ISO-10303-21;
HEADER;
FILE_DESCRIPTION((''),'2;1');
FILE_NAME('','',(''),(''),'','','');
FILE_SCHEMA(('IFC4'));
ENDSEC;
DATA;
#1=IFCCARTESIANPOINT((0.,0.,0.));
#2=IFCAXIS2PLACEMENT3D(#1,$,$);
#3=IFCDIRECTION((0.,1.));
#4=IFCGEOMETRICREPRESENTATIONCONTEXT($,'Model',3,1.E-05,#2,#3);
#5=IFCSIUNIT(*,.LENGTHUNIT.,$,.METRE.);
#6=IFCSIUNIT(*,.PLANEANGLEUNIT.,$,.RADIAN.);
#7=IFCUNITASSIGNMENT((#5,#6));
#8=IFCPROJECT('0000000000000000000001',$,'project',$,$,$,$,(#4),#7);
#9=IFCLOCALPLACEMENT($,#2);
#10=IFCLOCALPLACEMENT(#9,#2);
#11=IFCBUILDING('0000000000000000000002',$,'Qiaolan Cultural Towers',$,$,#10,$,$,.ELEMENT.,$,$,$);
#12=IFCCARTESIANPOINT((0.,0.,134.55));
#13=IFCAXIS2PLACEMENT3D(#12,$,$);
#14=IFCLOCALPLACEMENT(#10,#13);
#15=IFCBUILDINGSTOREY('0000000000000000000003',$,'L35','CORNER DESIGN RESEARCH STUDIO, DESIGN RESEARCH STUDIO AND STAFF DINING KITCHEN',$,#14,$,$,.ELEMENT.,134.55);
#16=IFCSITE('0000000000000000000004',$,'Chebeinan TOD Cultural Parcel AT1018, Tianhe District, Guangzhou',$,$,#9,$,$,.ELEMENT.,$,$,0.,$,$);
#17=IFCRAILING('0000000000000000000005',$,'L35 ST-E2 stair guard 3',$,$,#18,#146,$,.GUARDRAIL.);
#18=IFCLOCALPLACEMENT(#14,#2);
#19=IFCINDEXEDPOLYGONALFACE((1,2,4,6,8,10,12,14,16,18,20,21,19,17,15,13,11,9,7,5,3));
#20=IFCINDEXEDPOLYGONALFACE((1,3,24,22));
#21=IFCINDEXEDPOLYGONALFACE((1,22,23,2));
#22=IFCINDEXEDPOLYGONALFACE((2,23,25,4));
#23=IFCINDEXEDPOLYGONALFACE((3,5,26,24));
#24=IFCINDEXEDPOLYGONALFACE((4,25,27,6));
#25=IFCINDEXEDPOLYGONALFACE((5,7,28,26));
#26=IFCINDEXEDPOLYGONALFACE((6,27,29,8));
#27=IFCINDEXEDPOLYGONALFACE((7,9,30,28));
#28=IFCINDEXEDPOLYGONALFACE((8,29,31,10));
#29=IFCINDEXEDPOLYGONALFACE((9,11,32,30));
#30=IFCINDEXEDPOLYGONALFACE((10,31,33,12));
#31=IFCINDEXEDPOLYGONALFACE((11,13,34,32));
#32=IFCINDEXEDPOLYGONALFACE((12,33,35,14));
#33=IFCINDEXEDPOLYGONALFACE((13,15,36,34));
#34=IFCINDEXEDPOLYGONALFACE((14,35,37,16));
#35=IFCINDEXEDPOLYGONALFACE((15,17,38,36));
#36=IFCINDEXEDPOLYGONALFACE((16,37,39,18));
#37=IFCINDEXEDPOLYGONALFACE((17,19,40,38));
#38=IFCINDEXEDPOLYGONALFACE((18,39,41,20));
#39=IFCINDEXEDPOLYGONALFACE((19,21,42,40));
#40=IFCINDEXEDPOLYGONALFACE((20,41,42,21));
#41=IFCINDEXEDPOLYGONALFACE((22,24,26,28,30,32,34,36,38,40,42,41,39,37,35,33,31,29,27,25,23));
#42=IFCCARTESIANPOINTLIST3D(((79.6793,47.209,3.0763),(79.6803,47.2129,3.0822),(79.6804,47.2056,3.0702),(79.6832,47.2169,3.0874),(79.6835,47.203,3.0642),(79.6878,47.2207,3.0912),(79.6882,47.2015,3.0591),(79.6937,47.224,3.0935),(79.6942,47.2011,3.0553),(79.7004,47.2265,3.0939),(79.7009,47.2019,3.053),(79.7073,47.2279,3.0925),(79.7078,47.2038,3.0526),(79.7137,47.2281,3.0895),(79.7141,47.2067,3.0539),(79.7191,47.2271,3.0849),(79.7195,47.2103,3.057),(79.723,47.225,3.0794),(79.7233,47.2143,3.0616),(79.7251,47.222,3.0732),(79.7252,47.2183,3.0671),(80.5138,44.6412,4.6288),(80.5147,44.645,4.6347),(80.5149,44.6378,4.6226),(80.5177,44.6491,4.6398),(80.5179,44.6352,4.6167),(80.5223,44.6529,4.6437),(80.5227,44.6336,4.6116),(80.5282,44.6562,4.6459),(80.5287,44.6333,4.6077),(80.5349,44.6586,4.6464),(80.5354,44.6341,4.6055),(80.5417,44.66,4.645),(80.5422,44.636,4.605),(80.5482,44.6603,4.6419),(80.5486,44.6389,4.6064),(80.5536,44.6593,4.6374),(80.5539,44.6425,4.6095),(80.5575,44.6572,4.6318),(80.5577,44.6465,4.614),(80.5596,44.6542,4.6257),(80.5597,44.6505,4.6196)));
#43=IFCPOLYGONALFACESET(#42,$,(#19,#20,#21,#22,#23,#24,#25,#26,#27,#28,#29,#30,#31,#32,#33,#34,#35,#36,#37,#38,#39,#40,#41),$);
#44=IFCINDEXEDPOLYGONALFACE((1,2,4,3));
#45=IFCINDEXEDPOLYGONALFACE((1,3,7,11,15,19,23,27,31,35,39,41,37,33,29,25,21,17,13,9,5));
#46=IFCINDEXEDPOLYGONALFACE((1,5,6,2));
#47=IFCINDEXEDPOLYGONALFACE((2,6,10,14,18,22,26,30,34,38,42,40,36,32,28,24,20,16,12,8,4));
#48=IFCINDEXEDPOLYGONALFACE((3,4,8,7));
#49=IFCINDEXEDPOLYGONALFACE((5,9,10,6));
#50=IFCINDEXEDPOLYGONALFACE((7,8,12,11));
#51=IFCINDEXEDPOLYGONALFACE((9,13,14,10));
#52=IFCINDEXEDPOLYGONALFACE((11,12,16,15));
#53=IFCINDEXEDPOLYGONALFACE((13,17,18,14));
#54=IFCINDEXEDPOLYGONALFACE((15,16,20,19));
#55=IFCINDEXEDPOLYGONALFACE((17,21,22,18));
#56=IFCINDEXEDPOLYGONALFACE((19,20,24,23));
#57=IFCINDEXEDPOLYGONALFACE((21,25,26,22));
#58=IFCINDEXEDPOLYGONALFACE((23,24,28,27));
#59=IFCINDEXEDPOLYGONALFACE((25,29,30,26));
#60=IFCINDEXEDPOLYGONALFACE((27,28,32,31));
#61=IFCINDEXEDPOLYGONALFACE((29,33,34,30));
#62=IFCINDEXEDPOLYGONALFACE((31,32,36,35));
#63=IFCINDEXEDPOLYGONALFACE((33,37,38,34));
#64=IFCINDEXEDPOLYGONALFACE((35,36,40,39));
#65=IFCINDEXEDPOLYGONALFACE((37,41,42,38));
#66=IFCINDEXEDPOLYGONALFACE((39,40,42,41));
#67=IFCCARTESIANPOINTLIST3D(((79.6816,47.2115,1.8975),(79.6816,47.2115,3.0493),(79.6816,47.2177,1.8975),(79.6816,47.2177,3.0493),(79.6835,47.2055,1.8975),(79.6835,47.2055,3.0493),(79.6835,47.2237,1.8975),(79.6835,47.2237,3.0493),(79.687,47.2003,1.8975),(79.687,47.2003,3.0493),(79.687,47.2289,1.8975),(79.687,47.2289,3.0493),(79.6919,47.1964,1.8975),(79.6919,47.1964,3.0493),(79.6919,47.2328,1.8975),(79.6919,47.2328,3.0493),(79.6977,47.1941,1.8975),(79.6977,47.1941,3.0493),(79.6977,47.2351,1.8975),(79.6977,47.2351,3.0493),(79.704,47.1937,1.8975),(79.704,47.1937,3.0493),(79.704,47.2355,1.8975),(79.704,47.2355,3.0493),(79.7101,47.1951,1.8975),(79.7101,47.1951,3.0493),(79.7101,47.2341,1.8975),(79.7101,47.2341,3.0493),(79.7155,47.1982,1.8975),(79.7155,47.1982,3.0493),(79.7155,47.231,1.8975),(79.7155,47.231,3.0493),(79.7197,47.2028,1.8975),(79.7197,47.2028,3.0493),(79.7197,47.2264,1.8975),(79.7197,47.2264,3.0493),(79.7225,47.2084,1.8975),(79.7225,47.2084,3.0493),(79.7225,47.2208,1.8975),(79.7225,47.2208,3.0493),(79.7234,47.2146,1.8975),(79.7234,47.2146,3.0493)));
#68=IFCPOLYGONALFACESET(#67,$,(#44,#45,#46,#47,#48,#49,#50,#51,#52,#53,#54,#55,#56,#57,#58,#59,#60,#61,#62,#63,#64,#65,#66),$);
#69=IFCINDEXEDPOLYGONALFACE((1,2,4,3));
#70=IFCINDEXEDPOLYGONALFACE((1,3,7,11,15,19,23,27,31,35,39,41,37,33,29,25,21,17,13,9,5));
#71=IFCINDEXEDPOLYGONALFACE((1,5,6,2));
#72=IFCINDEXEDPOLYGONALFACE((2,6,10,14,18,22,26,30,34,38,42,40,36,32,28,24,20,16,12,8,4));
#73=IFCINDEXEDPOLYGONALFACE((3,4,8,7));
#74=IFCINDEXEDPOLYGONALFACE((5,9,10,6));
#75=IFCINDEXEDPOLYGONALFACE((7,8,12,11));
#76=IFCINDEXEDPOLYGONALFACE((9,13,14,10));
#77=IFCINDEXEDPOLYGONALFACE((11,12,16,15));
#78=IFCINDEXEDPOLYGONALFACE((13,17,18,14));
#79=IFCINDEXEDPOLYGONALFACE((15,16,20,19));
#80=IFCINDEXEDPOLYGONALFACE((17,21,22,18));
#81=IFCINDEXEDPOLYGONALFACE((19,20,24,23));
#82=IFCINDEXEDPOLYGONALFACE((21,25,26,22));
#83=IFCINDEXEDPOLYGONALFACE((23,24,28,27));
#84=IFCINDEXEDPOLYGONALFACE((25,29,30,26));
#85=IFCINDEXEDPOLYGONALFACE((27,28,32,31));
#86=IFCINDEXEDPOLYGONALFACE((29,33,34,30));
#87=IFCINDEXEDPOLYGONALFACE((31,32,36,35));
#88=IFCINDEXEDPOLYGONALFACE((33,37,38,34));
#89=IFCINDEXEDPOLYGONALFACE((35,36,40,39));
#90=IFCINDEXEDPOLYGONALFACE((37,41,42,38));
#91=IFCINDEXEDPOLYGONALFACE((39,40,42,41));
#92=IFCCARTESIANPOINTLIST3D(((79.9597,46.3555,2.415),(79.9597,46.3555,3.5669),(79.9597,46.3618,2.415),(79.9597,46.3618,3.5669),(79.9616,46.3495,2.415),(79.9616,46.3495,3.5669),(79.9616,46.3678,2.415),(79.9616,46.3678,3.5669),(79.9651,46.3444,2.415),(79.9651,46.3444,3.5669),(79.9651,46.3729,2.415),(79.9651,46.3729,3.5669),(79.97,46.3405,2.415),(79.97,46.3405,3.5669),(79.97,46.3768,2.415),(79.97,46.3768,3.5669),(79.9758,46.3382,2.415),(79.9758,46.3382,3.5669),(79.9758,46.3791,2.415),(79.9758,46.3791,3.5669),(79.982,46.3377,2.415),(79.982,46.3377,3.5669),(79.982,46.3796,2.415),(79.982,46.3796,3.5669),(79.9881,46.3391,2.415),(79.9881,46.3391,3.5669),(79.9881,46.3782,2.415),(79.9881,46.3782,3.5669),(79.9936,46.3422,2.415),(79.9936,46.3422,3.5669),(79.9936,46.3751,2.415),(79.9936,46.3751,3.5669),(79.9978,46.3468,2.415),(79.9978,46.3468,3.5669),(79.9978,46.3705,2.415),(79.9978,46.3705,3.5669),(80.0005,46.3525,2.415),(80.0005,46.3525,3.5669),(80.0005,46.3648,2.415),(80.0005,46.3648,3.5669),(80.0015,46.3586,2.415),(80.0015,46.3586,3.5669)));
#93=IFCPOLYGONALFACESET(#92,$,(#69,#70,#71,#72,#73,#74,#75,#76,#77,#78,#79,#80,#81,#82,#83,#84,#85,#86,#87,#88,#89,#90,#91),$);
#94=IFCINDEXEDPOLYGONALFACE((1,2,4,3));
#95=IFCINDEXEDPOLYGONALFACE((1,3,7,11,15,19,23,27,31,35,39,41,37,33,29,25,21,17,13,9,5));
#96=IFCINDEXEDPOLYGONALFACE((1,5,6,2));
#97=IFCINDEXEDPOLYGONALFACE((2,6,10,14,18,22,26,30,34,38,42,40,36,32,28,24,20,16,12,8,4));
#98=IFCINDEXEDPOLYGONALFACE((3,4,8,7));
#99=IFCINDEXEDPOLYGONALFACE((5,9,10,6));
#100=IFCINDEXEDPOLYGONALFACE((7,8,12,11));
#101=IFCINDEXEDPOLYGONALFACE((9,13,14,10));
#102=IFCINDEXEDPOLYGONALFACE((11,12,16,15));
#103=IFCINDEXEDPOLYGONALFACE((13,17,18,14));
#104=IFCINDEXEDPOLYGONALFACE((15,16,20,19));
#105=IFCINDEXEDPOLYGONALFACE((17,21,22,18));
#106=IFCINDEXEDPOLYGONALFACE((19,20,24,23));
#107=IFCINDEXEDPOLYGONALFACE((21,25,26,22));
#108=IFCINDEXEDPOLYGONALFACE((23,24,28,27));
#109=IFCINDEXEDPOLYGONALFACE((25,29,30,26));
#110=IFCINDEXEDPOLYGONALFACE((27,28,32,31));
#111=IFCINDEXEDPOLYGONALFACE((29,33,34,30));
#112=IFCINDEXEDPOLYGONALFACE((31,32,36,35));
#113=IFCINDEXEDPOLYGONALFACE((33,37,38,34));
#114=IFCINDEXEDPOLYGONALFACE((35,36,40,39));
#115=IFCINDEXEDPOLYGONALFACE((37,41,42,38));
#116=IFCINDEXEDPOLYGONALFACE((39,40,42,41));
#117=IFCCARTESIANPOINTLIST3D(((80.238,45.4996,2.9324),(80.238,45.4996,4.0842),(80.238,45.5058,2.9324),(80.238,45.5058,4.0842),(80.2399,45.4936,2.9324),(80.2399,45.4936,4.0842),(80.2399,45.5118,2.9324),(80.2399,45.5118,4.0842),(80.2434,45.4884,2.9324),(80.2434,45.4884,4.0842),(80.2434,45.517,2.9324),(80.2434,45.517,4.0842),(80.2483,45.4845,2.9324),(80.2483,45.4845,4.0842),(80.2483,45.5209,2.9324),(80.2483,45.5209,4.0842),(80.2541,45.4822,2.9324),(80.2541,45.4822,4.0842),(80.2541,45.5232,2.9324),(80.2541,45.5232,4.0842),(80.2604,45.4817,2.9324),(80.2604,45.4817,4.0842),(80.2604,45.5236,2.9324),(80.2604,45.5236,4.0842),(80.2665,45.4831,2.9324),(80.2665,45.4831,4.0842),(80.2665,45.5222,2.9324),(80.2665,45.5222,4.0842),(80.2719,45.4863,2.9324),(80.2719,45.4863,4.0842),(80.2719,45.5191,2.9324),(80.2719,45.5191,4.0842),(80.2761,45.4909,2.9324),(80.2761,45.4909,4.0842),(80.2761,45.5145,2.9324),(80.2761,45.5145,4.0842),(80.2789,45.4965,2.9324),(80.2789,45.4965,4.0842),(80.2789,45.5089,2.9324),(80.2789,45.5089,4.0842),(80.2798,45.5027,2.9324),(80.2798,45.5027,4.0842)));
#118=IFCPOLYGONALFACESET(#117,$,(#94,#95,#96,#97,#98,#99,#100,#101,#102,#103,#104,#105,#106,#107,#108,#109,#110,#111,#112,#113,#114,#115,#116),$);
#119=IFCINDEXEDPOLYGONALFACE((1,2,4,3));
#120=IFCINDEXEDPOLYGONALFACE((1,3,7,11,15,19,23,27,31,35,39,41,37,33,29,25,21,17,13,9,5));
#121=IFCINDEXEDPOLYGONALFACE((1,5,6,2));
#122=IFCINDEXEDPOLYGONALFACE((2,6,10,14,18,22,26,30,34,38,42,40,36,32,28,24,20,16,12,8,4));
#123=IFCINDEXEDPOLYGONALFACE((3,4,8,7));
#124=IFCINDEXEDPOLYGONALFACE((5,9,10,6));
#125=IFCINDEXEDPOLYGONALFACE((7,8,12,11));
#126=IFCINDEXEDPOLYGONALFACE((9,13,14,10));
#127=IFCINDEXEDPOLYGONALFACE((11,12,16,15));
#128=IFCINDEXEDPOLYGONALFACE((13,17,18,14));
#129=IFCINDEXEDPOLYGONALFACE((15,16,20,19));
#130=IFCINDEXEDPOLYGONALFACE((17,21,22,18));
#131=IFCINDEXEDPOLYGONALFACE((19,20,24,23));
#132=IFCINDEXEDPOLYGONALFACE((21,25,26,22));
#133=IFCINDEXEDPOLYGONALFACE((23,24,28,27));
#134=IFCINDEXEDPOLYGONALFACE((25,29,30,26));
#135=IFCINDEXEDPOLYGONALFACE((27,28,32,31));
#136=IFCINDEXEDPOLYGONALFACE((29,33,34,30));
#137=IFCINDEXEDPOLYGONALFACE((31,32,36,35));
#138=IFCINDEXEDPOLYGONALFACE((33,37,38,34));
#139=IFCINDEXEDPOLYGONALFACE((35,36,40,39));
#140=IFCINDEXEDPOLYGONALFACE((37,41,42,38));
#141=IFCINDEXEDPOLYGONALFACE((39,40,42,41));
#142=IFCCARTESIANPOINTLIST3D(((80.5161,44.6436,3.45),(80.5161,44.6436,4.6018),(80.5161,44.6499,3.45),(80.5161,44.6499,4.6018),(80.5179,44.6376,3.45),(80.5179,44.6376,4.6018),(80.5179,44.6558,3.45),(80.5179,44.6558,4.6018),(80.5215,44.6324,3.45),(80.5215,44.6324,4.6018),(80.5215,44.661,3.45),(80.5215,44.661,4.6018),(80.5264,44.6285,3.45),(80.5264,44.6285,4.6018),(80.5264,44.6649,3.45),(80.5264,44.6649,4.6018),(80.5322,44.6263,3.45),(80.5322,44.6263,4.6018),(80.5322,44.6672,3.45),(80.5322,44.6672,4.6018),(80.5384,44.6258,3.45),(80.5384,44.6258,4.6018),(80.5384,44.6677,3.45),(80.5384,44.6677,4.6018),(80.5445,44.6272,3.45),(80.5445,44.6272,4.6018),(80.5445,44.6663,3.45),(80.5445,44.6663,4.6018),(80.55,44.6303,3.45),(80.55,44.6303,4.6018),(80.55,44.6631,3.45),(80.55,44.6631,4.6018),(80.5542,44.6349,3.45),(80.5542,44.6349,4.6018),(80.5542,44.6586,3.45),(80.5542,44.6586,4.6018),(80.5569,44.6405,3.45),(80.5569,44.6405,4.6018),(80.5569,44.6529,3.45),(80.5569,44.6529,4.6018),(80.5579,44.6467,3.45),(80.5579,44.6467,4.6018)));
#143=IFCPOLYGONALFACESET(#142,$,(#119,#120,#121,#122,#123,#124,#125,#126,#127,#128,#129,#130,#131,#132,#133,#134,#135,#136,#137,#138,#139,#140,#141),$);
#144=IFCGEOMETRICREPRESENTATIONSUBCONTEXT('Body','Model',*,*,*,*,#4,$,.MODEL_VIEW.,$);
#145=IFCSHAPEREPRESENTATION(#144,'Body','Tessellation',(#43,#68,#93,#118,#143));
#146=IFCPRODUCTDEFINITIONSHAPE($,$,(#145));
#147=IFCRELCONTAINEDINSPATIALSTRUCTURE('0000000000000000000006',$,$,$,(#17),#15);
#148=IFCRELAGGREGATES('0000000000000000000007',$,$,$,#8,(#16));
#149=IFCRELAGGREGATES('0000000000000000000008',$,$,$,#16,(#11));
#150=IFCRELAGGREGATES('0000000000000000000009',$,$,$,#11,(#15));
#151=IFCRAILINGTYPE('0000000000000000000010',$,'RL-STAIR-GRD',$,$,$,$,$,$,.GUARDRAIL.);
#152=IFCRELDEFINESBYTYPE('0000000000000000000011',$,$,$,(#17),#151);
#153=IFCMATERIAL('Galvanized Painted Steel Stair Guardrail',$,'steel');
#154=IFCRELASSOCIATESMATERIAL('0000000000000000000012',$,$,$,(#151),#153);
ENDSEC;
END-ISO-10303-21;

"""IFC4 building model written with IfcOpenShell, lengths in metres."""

from ifc_helpers import new_model, si_unit, direction, frame, origin, origin_2d, place, context, subcontext, project, spatial, circle, extrude, material, type_object, element, save


model = new_model("IFC4")

# Units and contexts
model_context = context("Model", 3, precision=1e-05, world=origin(), true_north=direction((0.0, 1.0)))
body_context = subcontext(model_context, "Body", "Model", "MODEL_VIEW")
ifc_project = project(units=[si_unit("LENGTHUNIT", "METRE"), si_unit("PLANEANGLEUNIT", "RADIAN")], contexts=[model_context])

# Site, building, storey
site_placement = place(None, origin())
site = spatial("IfcSite", under=ifc_project, at=site_placement, Name="Chebeinan TOD Cultural Parcel AT1018, Tianhe District, Guangzhou", CompositionType="ELEMENT", RefElevation=0.0)
building_placement = place(site_placement, origin())
building = spatial("IfcBuilding", under=site, at=building_placement, Name="Qiaolan Cultural Towers", CompositionType="ELEMENT")
storey_placement = place(building_placement, frame((0.0, 0.0, 134.55)))
storey = spatial("IfcBuildingStorey", under=building, at=storey_placement, Name="L35", Description="CORNER DESIGN RESEARCH STUDIO, DESIGN RESEARCH STUDIO AND STAFF DINING KITCHEN", CompositionType="ELEMENT", Elevation=134.55)

# Railing
ifc_material_1 = material(Name="Galvanized Painted Steel Stair Guardrail", Category="steel")
railing_type_1 = type_object("IfcRailingType", Name="RL-STAIR-GRD", PredefinedType="GUARDRAIL", material=ifc_material_1)
railing_1_placement = place(storey_placement, frame((79.7024, 47.2146, 1.8975)))
element("IfcRailing", 1, at=railing_1_placement, inside=storey, type_object=railing_type_1, Name="L35 ST-E2 stair guard 3", PredefinedType="GUARDRAIL", context=body_context, shape_type="SweptSolid", body=[
    extrude(circle(Radius=0.0239, at=origin_2d()), frame((0.0, 0.0, 1.1758), z_axis=(0.267926, -0.824471, 0.498461), x_axis=(0.951043, 0.309057, 0.0)), (0.0, 0.0, 1.0), 3.1145),
    extrude(circle(Radius=0.021, at=origin_2d()), origin(), (0.0, 0.0, 1.0), 1.1519),
    extrude(circle(Radius=0.021, at=origin_2d()), frame((0.2781, -0.856, 0.5176)), (0.0, 0.0, 1.0), 1.1519),
    extrude(circle(Radius=0.021, at=origin_2d()), frame((0.5564, -1.7119, 1.0349)), (0.0, 0.0, 1.0), 1.1519),
    extrude(circle(Radius=0.021, at=origin_2d()), frame((0.8345, -2.5679, 1.5525)), (0.0, 0.0, 1.0), 1.1519),
])

save(model, "model.ifc")
